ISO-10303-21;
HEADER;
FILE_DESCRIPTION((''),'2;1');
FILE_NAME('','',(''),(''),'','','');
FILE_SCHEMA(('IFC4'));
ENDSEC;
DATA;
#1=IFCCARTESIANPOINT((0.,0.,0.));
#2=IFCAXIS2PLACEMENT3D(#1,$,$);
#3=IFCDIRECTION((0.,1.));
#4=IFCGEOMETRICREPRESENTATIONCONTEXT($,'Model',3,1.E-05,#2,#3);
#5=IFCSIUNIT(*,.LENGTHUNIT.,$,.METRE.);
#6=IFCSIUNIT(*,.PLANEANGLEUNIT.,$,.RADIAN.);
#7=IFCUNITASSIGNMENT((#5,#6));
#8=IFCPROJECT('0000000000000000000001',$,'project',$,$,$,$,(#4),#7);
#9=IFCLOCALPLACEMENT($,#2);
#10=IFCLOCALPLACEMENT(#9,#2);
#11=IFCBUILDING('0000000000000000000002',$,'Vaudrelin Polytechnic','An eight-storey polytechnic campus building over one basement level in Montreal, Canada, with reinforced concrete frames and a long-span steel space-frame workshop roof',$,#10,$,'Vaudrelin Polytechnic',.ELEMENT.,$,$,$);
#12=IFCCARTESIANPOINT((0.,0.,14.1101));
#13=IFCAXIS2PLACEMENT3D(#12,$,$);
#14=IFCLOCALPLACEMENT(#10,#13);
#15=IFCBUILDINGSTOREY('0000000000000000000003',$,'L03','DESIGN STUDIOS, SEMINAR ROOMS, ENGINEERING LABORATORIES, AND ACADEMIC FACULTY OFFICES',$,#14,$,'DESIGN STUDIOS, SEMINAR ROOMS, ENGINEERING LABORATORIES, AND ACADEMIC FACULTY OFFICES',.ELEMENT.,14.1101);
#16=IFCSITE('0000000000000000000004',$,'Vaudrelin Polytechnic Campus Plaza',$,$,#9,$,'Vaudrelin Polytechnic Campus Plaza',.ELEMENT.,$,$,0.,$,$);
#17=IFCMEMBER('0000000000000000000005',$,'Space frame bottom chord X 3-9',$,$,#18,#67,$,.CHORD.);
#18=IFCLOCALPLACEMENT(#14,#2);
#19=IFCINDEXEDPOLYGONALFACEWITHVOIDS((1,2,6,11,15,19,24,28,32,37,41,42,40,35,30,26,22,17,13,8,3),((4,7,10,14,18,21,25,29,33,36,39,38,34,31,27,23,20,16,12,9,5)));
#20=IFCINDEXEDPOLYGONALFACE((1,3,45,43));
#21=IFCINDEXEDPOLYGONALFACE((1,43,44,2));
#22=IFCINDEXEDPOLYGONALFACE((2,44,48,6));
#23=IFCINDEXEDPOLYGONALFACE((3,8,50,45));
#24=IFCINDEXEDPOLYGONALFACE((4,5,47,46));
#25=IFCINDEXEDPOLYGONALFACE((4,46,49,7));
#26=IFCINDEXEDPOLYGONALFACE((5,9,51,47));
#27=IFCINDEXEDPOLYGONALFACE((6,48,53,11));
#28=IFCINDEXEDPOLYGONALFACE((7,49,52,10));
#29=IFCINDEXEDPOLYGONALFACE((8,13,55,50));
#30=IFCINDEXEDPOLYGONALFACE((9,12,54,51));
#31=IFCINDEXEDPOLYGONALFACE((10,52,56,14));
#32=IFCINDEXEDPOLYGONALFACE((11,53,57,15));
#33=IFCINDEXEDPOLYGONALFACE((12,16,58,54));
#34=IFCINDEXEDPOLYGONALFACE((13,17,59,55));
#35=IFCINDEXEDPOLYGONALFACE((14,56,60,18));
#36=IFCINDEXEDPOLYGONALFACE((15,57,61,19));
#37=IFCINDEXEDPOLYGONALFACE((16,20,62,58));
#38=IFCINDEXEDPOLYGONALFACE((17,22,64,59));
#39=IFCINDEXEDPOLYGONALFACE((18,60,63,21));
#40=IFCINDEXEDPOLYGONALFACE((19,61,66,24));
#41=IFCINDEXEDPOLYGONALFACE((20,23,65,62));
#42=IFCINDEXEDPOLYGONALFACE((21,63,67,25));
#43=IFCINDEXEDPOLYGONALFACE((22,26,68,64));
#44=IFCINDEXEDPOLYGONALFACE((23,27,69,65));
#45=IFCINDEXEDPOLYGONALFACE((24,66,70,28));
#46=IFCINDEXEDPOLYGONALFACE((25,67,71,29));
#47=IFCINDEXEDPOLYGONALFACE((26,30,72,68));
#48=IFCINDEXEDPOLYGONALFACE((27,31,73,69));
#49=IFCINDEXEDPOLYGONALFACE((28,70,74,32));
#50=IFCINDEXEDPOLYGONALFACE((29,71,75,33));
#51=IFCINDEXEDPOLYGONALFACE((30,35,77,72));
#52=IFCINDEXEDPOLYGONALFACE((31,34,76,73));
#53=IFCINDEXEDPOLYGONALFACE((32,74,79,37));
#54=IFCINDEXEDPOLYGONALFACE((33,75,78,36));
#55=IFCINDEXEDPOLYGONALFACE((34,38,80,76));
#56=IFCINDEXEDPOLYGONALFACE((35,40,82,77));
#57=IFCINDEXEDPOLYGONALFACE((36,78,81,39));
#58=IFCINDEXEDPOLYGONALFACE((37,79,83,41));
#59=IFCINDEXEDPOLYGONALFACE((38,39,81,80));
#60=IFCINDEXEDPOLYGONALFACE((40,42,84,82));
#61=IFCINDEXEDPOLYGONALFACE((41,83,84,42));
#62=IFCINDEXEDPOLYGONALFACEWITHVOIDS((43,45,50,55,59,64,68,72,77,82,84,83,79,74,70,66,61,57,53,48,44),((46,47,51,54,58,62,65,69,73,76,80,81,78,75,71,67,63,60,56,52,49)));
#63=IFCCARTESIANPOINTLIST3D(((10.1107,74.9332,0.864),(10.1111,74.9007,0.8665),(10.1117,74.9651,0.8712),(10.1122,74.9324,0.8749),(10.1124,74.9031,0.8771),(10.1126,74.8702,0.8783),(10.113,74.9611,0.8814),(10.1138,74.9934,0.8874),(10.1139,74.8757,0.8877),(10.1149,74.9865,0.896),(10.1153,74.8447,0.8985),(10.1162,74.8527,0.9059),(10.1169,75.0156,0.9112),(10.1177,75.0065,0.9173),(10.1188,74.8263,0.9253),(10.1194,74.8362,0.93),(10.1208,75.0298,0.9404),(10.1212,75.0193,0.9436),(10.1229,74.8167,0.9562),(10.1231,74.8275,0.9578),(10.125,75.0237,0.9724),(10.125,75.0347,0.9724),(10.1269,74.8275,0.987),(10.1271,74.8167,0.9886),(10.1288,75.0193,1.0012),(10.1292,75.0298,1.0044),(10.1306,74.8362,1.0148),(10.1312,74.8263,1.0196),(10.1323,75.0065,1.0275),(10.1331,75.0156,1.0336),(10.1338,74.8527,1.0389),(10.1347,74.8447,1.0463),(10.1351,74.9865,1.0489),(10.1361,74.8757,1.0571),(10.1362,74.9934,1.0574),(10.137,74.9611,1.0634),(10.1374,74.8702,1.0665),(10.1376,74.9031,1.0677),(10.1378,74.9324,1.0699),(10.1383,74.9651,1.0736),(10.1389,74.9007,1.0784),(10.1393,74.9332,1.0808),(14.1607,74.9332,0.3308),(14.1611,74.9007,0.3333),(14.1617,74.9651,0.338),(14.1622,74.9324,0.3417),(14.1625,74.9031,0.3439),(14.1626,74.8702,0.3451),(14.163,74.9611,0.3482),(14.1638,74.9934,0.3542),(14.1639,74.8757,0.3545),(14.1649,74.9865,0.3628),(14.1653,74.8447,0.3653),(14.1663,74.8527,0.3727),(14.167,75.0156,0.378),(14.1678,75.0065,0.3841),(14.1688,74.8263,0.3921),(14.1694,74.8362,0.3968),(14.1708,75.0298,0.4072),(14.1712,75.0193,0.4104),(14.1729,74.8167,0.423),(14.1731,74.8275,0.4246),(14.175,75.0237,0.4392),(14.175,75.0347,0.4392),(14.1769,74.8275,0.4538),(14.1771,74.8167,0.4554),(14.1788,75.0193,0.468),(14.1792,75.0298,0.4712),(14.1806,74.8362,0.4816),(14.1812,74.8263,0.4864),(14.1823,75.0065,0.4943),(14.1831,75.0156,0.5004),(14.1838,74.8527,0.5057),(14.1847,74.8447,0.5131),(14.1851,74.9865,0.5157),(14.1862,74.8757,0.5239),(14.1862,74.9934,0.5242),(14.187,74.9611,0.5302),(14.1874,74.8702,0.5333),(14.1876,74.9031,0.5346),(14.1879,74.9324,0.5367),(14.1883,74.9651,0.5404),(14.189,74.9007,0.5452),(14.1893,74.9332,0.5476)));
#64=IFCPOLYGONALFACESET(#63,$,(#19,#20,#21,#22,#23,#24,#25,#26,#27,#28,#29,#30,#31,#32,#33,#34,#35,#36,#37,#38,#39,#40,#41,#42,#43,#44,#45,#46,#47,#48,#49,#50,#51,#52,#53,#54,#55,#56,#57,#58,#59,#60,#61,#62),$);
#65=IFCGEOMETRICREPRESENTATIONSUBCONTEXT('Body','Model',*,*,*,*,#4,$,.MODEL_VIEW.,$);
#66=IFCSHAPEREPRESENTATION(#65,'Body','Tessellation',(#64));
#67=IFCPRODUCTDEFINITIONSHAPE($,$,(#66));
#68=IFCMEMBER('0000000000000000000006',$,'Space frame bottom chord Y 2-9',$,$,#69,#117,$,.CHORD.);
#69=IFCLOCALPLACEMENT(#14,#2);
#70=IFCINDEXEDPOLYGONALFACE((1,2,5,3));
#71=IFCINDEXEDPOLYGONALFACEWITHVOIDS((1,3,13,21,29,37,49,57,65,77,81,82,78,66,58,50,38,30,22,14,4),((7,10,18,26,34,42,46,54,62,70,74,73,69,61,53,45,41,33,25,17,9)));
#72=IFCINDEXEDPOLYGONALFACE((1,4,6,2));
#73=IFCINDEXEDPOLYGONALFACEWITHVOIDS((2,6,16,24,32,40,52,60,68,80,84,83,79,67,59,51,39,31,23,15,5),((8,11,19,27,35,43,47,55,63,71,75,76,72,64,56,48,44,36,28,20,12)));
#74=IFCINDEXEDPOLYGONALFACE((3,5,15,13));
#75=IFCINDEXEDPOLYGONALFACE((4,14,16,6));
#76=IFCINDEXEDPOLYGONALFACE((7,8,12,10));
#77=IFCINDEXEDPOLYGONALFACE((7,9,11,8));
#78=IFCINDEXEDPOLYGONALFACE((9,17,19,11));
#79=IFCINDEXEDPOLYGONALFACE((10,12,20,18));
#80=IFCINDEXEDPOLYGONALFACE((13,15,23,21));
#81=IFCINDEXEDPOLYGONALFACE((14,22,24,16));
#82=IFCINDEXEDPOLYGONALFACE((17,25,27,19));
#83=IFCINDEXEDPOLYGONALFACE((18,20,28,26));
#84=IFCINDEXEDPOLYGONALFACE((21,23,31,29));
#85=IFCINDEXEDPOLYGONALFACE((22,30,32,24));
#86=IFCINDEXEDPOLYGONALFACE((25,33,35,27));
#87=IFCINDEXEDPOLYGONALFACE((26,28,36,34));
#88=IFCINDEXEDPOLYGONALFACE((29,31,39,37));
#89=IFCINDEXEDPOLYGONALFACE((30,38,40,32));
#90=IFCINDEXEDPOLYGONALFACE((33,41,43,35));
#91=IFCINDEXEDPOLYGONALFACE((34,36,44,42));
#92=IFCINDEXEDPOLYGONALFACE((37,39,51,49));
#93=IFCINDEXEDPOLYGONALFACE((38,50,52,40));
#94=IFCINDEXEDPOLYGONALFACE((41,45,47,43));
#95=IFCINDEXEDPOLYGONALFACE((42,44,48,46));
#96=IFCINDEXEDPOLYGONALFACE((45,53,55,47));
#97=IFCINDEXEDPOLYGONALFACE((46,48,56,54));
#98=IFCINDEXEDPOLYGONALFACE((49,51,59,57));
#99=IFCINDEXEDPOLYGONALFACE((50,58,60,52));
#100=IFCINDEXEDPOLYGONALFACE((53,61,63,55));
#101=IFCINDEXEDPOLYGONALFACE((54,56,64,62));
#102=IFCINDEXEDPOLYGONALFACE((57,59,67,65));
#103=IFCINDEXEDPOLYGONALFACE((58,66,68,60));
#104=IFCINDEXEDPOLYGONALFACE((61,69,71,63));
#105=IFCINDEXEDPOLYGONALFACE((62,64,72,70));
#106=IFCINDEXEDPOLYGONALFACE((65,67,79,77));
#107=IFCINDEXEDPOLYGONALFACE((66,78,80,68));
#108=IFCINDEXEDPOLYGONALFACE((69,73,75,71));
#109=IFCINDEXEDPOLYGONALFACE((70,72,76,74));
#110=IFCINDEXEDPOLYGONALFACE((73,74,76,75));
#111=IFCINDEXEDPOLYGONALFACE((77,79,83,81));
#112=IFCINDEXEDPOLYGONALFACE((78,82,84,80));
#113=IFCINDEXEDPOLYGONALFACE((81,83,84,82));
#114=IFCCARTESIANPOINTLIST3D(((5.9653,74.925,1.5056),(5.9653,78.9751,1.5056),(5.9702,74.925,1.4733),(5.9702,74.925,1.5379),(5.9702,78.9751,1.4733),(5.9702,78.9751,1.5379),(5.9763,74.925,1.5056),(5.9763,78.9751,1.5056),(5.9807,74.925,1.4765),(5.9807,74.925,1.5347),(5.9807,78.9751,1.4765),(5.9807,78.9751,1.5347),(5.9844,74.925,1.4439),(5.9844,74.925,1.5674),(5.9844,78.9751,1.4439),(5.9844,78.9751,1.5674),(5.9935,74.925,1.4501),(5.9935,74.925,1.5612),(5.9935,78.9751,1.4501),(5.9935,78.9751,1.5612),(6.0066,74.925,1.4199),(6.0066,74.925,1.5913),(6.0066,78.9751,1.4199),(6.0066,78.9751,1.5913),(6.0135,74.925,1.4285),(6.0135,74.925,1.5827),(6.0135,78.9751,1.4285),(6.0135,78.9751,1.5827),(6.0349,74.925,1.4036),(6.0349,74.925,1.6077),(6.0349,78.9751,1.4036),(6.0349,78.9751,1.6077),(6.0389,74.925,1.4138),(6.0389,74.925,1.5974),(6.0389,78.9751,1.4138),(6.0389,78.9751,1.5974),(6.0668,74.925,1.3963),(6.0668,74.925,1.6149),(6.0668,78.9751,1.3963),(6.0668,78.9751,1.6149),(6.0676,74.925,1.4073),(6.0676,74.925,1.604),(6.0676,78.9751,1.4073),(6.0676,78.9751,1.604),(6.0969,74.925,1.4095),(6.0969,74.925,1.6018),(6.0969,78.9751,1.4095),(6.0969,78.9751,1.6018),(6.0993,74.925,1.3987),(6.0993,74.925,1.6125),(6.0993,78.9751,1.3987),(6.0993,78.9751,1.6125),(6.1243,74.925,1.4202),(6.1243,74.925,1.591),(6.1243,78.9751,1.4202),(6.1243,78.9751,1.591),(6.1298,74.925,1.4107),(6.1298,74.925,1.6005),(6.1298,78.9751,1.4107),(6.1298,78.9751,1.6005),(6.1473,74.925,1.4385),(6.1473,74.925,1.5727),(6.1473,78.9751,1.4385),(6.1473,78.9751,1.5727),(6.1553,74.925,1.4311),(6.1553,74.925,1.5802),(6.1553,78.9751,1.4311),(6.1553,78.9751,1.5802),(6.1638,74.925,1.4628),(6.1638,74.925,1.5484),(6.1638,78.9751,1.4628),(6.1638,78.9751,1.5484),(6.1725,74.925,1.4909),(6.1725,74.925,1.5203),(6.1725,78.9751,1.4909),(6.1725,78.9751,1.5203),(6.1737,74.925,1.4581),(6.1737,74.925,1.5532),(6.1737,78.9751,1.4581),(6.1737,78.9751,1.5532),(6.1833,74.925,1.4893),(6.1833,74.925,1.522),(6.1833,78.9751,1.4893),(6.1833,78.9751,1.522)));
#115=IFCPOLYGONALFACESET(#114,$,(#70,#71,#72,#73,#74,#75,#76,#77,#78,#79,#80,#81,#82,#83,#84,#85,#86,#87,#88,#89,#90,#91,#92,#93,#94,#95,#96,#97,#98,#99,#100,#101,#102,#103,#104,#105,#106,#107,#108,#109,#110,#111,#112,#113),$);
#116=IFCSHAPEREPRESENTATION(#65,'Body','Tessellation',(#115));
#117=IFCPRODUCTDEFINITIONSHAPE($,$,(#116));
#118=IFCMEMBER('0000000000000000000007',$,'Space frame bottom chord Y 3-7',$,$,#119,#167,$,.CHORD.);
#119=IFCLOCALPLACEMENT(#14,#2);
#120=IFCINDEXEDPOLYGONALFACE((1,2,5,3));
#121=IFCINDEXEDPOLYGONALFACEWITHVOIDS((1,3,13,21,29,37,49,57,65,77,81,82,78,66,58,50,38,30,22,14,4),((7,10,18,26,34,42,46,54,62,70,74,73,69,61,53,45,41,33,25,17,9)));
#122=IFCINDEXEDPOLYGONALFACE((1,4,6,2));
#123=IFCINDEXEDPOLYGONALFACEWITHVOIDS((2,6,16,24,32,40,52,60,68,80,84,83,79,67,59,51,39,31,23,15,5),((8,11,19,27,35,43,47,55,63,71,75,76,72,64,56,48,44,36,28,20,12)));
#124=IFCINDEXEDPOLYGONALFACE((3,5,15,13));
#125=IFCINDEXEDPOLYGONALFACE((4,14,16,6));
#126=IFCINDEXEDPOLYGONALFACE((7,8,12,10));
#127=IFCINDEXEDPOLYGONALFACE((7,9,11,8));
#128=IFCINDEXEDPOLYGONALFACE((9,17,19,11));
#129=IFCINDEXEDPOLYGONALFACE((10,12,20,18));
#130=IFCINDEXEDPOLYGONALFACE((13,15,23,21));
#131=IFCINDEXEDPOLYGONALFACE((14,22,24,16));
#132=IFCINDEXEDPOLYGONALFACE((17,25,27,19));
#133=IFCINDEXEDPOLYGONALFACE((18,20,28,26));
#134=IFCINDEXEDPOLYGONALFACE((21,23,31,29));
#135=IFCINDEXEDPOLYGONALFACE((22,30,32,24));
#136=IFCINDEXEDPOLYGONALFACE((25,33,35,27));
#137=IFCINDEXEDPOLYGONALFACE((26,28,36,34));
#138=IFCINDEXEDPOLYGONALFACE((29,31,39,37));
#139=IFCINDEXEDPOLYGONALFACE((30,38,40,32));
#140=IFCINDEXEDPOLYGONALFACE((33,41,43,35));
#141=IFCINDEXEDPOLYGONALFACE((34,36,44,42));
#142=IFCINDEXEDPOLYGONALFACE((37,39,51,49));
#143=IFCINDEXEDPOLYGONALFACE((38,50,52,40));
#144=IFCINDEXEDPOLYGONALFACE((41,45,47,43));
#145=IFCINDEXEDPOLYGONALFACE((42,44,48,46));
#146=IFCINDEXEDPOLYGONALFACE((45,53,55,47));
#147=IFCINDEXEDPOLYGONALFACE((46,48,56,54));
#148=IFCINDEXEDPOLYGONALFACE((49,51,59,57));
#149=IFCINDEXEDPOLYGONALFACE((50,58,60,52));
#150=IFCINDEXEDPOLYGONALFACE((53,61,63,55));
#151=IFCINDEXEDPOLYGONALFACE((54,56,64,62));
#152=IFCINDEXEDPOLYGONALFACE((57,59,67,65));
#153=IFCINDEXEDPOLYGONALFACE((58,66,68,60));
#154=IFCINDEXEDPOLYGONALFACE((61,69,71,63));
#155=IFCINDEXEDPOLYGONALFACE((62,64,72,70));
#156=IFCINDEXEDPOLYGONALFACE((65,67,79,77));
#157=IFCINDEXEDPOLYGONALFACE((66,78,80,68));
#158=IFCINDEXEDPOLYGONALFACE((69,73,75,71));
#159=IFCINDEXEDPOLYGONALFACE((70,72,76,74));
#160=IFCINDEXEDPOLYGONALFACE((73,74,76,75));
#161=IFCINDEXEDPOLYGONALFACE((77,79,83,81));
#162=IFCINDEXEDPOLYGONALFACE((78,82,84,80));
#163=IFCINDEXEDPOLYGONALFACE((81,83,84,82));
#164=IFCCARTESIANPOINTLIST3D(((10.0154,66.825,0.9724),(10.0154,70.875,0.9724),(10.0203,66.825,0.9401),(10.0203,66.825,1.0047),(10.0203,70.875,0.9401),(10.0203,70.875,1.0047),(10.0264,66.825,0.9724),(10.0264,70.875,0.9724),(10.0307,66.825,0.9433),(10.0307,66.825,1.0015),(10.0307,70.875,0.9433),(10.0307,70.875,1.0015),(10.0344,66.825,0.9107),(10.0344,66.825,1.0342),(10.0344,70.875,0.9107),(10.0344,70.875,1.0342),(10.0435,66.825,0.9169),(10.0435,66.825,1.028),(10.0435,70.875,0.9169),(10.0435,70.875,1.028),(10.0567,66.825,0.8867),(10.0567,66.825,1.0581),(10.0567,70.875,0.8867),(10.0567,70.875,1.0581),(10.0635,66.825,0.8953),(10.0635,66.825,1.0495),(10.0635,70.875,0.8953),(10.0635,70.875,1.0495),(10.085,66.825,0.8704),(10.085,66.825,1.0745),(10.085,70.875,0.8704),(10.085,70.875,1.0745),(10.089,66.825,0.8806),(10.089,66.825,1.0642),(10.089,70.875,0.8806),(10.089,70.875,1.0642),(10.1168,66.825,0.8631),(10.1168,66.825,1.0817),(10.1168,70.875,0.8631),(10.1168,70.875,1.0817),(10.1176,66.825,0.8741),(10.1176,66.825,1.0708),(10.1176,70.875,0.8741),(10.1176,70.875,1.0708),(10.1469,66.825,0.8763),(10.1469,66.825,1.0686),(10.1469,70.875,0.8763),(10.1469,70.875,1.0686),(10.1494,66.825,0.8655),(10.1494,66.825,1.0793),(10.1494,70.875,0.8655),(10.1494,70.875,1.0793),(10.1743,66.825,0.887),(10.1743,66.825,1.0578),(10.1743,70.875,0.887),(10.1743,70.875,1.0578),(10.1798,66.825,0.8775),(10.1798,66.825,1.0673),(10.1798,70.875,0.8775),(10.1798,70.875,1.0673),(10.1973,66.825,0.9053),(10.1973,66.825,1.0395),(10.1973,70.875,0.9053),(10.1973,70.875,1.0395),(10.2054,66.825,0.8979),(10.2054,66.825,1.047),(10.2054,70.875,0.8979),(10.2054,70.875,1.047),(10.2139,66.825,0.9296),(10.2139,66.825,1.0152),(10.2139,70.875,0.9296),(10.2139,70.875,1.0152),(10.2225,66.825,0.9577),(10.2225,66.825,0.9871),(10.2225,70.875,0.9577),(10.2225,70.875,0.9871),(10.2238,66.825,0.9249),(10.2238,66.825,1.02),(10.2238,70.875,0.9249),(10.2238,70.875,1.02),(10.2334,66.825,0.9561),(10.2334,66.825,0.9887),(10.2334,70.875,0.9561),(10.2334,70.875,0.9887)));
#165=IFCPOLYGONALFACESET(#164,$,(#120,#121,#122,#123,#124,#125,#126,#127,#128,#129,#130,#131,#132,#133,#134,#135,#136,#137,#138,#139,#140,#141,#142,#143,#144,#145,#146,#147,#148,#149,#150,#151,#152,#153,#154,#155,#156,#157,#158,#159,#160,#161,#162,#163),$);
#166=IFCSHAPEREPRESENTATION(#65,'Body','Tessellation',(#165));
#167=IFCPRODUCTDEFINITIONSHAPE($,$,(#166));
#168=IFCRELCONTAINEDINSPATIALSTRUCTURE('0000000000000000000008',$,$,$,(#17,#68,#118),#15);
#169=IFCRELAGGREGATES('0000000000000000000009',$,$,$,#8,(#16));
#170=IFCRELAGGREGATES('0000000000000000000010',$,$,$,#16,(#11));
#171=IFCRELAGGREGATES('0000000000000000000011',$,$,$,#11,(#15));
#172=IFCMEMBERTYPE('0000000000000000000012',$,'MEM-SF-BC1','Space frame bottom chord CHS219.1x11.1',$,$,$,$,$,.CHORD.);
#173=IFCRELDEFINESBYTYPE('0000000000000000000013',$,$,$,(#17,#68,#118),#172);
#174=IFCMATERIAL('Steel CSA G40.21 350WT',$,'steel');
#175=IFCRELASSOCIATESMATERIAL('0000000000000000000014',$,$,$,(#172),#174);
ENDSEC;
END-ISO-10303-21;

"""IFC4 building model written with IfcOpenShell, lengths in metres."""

from ifc_helpers import new_model, si_unit, direction, frame, origin, origin_2d, place, context, subcontext, project, spatial, hollow_circle, extrude, material, material_profile, profile_set, type_object, element, save


model = new_model("IFC4")

# Units and contexts
model_context = context("Model", 3, precision=1e-05, world=origin(), true_north=direction((0.0, 1.0)))
body_context = subcontext(model_context, "Body", "Model", "MODEL_VIEW")
ifc_project = project(units=[si_unit("LENGTHUNIT", "METRE"), si_unit("PLANEANGLEUNIT", "RADIAN")], contexts=[model_context])

# Site, building, storey
site_placement = place(None, origin())
site = spatial("IfcSite", under=ifc_project, at=site_placement, Name="Vaudrelin Polytechnic Campus Plaza", LongName="Vaudrelin Polytechnic Campus Plaza", CompositionType="ELEMENT", RefElevation=0.0)
building_placement = place(site_placement, origin())
building = spatial("IfcBuilding", under=site, at=building_placement, Name="Vaudrelin Polytechnic", Description="An eight-storey polytechnic campus building over one basement level in Montreal, Canada, with reinforced concrete frames and a long-span steel space-frame workshop roof", LongName="Vaudrelin Polytechnic", CompositionType="ELEMENT")
storey_placement = place(building_placement, frame((0.0, 0.0, 14.1101)))
storey = spatial("IfcBuildingStorey", under=building, at=storey_placement, Name="L03", Description="DESIGN STUDIOS, SEMINAR ROOMS, ENGINEERING LABORATORIES, AND ACADEMIC FACULTY OFFICES", LongName="DESIGN STUDIOS, SEMINAR ROOMS, ENGINEERING LABORATORIES, AND ACADEMIC FACULTY OFFICES", CompositionType="ELEMENT", Elevation=14.1101)

# Members
ifc_material = material(Name="Steel CSA G40.21 350WT", Category="steel")
ifc_material_profile_1 = material_profile(ifc_material, hollow_circle(Radius=0.1096, WallThickness=0.011, at=origin_2d()), Name="CHS219.1x11.1")
ifc_profile_set_1 = profile_set([ifc_material_profile_1], Name="Steel CSA G40.21 350WT")
member_type_1 = type_object("IfcMemberType", Name="MEM-SF-BC1", Description="Space frame bottom chord CHS219.1x11.1", PredefinedType="CHORD", material=ifc_profile_set_1)
for number, where, z_axis, x_axis, name in (
    (1, (10.125, 74.925, 0.9724), (0.991445, 0.0, -0.130527), (0.0, 1.0, 0.0), "Space frame bottom chord X 3-9"),
):
    element("IfcMember", number, at=place(storey_placement, frame(where, z_axis=z_axis, x_axis=x_axis)), inside=storey, type_object=member_type_1, Name=name, PredefinedType="CHORD", context=body_context, shape_type="SweptSolid", body=[
        extrude(hollow_circle(Radius=0.1096, WallThickness=0.011, at=origin_2d()), origin(), (0.0, 0.0, 1.0), 4.085),
    ])
for number, where, z_axis, x_axis, name in (
    (2, (6.075, 74.925, 1.5056), (0.0, 1.0, 0.0), (-1.0, 0.0, 0.0), "Space frame bottom chord Y 2-9"),
    (3, (10.125, 66.825, 0.9724), (0.0, 1.0, 0.0), (-1.0, 0.0, 0.0), "Space frame bottom chord Y 3-7"),
):
    element("IfcMember", number, at=place(storey_placement, frame(where, z_axis=z_axis, x_axis=x_axis)), inside=storey, type_object=member_type_1, Name=name, PredefinedType="CHORD", context=body_context, shape_type="SweptSolid", body=[
        extrude(hollow_circle(Radius=0.1096, WallThickness=0.011, at=origin_2d()), origin(), (0.0, 0.0, 1.0), 4.05),
    ])

save(model, "model.ifc")
